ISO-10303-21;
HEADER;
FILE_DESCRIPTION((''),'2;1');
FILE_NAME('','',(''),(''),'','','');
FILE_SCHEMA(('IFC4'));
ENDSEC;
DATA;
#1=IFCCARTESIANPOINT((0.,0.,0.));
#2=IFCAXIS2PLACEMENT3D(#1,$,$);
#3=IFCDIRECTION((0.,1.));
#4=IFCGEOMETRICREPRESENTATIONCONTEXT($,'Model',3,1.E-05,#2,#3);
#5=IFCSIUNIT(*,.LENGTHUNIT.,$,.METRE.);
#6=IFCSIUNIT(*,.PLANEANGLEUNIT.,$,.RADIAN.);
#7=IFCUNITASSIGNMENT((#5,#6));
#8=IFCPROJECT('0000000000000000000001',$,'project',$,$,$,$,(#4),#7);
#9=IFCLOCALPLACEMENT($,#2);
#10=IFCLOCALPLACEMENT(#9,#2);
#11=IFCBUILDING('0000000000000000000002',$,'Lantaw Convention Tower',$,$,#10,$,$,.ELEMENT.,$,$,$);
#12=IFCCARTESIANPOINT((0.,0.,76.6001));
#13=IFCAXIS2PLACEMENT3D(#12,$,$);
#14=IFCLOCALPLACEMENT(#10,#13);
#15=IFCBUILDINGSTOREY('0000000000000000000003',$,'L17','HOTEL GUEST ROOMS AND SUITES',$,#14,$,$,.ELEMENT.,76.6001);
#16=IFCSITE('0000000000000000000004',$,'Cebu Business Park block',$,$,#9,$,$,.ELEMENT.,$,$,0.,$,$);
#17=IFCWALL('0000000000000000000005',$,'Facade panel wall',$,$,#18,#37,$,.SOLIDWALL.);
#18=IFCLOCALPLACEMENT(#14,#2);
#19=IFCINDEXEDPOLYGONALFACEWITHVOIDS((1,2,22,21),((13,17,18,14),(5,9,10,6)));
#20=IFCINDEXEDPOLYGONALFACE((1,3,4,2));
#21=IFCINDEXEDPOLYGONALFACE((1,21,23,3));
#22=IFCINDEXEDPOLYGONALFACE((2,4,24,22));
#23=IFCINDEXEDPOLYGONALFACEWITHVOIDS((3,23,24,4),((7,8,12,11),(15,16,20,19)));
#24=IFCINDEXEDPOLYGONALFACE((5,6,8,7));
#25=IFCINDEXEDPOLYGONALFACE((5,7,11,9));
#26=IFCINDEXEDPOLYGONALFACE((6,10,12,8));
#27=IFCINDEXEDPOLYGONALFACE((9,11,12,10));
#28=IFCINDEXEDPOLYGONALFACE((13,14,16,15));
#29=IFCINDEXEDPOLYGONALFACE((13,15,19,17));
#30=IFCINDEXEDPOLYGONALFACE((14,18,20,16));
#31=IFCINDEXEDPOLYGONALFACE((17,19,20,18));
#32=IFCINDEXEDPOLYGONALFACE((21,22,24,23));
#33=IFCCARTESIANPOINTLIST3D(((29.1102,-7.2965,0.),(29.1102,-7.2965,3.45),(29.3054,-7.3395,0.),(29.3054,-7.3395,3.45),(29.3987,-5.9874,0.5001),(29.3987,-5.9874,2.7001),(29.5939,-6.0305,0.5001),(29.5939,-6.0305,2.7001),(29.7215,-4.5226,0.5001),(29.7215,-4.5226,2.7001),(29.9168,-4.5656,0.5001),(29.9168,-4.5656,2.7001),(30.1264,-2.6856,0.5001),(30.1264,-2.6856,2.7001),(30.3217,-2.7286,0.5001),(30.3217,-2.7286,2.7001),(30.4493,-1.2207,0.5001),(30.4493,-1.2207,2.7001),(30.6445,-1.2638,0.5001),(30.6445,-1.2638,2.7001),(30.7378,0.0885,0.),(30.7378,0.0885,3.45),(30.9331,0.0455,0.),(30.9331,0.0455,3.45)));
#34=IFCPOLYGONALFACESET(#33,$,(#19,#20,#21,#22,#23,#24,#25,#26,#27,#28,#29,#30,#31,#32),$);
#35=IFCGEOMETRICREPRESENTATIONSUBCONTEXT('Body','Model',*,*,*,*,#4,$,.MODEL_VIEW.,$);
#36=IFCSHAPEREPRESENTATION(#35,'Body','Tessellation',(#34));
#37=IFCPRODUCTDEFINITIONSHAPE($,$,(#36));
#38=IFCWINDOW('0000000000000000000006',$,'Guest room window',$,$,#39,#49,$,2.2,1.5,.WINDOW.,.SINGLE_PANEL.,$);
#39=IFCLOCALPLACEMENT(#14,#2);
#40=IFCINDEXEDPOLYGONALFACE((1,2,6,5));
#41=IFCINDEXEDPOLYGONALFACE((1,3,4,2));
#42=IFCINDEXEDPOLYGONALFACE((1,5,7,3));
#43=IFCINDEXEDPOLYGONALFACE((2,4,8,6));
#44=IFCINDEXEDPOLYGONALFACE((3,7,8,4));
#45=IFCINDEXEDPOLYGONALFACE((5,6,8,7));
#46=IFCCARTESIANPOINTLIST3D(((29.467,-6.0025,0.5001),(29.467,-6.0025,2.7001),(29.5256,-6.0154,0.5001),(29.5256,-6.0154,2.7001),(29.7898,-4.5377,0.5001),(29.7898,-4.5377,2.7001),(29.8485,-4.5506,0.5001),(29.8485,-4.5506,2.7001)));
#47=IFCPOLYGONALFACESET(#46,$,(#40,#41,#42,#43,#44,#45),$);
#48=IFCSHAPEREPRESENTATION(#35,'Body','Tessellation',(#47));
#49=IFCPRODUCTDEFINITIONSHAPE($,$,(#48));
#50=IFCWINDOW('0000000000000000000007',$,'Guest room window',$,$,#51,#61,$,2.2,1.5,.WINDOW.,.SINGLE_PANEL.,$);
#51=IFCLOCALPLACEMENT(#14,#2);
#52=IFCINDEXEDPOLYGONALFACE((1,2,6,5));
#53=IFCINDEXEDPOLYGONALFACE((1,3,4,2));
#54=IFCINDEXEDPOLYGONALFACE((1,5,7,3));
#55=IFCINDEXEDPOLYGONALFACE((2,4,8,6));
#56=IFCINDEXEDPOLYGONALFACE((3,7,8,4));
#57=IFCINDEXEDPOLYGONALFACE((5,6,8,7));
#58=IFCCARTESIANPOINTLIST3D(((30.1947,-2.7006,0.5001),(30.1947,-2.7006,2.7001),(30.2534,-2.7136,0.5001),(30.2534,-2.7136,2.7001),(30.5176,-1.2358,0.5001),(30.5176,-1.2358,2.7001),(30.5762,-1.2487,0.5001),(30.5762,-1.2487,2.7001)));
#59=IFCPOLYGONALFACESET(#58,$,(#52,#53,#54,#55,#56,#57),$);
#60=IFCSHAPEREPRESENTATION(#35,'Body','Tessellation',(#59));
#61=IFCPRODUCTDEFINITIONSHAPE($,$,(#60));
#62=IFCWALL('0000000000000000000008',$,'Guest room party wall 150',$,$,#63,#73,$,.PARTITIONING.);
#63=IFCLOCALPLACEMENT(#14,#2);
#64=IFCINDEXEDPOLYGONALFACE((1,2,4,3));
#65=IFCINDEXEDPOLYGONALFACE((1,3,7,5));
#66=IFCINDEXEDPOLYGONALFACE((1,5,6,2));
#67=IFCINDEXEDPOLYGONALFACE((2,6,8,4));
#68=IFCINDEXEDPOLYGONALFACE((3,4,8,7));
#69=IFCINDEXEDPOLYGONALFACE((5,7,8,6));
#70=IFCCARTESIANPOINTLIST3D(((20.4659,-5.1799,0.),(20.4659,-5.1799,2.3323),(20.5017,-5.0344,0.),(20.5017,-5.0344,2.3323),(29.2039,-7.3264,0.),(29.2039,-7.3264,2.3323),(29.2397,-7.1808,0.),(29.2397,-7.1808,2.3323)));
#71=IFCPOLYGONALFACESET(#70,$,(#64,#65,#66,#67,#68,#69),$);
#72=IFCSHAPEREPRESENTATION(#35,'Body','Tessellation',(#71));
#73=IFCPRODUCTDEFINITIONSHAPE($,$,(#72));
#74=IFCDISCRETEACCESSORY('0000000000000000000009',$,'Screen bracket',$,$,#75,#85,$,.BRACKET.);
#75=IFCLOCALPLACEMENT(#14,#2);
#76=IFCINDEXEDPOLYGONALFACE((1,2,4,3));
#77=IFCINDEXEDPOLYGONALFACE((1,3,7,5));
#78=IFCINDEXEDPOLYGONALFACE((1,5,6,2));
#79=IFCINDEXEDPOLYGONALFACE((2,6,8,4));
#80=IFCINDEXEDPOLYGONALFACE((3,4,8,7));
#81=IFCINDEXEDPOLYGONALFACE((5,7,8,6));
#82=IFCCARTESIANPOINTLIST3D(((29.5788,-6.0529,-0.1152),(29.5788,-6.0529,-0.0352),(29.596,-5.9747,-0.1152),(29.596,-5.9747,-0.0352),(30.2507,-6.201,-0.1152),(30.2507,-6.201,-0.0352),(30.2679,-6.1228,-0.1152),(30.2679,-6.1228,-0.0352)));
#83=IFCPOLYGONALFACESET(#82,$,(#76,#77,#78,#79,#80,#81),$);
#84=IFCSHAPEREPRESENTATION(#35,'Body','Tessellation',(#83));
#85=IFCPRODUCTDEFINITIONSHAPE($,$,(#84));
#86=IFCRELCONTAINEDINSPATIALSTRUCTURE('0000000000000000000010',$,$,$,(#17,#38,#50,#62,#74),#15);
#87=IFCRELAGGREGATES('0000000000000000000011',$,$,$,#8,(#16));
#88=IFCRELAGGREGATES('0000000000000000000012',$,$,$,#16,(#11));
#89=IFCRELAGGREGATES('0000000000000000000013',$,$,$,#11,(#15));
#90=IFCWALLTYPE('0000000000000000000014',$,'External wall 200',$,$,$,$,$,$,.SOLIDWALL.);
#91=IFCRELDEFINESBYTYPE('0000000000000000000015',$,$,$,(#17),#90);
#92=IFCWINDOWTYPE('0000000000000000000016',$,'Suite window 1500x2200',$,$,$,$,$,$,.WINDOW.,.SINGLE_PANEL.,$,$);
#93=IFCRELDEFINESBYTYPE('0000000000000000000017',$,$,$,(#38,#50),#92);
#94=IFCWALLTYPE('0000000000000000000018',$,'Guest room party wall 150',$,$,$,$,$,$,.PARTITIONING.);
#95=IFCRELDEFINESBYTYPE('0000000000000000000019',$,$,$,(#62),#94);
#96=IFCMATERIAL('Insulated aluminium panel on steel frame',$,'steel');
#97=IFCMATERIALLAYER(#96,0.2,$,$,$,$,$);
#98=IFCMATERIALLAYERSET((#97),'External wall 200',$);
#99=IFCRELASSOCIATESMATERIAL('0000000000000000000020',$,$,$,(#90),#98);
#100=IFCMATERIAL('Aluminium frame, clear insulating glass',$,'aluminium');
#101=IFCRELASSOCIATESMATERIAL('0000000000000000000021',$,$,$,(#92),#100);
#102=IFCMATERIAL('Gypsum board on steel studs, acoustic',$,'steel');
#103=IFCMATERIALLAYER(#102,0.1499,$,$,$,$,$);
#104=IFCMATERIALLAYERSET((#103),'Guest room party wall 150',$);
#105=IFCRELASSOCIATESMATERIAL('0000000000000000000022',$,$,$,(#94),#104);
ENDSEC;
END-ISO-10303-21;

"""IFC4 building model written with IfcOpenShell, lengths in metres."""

from ifc_helpers import new_model, si_unit, direction, frame, frame_2d, origin, origin_2d, place, context, subcontext, project, spatial, rectangle, extrude, material, layer, layer_set, type_object, element, fill, save


model = new_model("IFC4")

# Units and contexts
model_context = context("Model", 3, precision=1e-05, world=origin(), true_north=direction((0.0, 1.0)))
body_context = subcontext(model_context, "Body", "Model", "MODEL_VIEW")
ifc_project = project(units=[si_unit("LENGTHUNIT", "METRE"), si_unit("PLANEANGLEUNIT", "RADIAN")], contexts=[model_context])

# Site, building, storey
site_placement = place(None, origin())
site = spatial("IfcSite", under=ifc_project, at=site_placement, Name="Cebu Business Park block", CompositionType="ELEMENT", RefElevation=0.0)
building_placement = place(site_placement, origin())
building = spatial("IfcBuilding", under=site, at=building_placement, Name="Lantaw Convention Tower", CompositionType="ELEMENT")
storey_placement = place(building_placement, frame((0.0, 0.0, 76.6001)))
storey = spatial("IfcBuildingStorey", under=building, at=storey_placement, Name="L17", Description="HOTEL GUEST ROOMS AND SUITES", CompositionType="ELEMENT", Elevation=76.6001)

# Wall, openings, windows
ifc_material_1 = material(Name="Insulated aluminium panel on steel frame", Category="steel")
ifc_layer_1 = layer(ifc_material_1, 0.2)
ifc_layer_set_1 = layer_set([ifc_layer_1], Name="External wall 200")
wall_type_1 = type_object("IfcWallType", Name="External wall 200", PredefinedType="SOLIDWALL", material=ifc_layer_set_1)
ifc_material_2 = material(Name="Aluminium frame, clear insulating glass", Category="aluminium")
window_type = type_object("IfcWindowType", Name="Suite window 1500x2200", PartitioningType="SINGLE_PANEL", PredefinedType="WINDOW", material=ifc_material_2)
wall_1_placement = place(storey_placement, frame((29.2078, -7.3181, 0.0), z_axis=(0.0, 0.0, 1.0), x_axis=(0.215238, 0.976562, 0.0)))
wall_1 = element("IfcWall", 1, at=wall_1_placement, inside=storey, type_object=wall_type_1, Name="Facade panel wall", PredefinedType="SOLIDWALL", context=body_context, shape_type="SweptSolid", body=[
    extrude(rectangle(XDim=7.5623, YDim=0.2, at=frame_2d((3.7812, 0.0))), origin(), (0.0, 0.0, 1.0), 3.45),
])
opening_1_placement = place(wall_1_placement, frame((1.3406, 0.0, 0.5)))
opening_1 = element("IfcOpeningElement", 2, at=opening_1_placement, cuts=wall_1, PredefinedType="OPENING", context=body_context, shape_type="SweptSolid", body=[
    extrude(rectangle(XDim=1.5, YDim=2.2, at=frame_2d((0.75, 1.1001))), frame((0.0, 0.1099, 0.0), z_axis=(0.0, -1.0, 0.0), x_axis=(1.0, 0.0, 0.0)), (0.0, 0.0, 1.0), 0.22),
])
opening_2_placement = place(wall_1_placement, frame((4.7217, 0.0, 0.5)))
opening_2 = element("IfcOpeningElement", 3, at=opening_2_placement, cuts=wall_1, PredefinedType="OPENING", context=body_context, shape_type="SweptSolid", body=[
    extrude(rectangle(XDim=1.5, YDim=2.2, at=frame_2d((0.75, 1.1001))), frame((0.0, 0.1099, 0.0), z_axis=(0.0, -1.0, 0.0), x_axis=(1.0, 0.0, 0.0)), (0.0, 0.0, 1.0), 0.22),
])
window_1_placement = place(opening_1_placement, origin())
window_1 = element("IfcWindow", 4, at=window_1_placement, inside=storey, type_object=window_type, Name="Guest room window", OverallHeight=2.2, OverallWidth=1.5, PartitioningType="SINGLE_PANEL", PredefinedType="WINDOW", context=body_context, shape_type="SweptSolid", body=[
    extrude(rectangle(XDim=1.5, YDim=2.2, at=frame_2d((0.75, 1.1001))), frame((0.0, 0.03, 0.0), z_axis=(0.0, -1.0, 0.0), x_axis=(1.0, 0.0, 0.0)), (0.0, 0.0, 1.0), 0.0601),
])
fill(opening_1, window_1)
window_2_placement = place(opening_2_placement, origin())
window_2 = element("IfcWindow", 5, at=window_2_placement, inside=storey, type_object=window_type, Name="Guest room window", OverallHeight=2.2, OverallWidth=1.5, PartitioningType="SINGLE_PANEL", PredefinedType="WINDOW", context=body_context, shape_type="SweptSolid", body=[
    extrude(rectangle(XDim=1.5, YDim=2.2, at=frame_2d((0.75, 1.1001))), frame((0.0, 0.03, 0.0), z_axis=(0.0, -1.0, 0.0), x_axis=(1.0, 0.0, 0.0)), (0.0, 0.0, 1.0), 0.0601),
])
fill(opening_2, window_2)

# Wall
ifc_material_3 = material(Name="Gypsum board on steel studs, acoustic", Category="steel")
ifc_layer_2 = layer(ifc_material_3, 0.1499)
ifc_layer_set_2 = layer_set([ifc_layer_2], Name="Guest room party wall 150")
wall_type_2 = type_object("IfcWallType", Name="Guest room party wall 150", PredefinedType="PARTITIONING", material=ifc_layer_set_2)
wall_2_placement = place(storey_placement, frame((29.2219, -7.2537, 0.0), z_axis=(0.0, 0.0, 1.0), x_axis=(-0.971129, 0.238556, 0.0)))
element("IfcWall", 6, at=wall_2_placement, inside=storey, type_object=wall_type_2, Name="Guest room party wall 150", PredefinedType="PARTITIONING", context=body_context, shape_type="SweptSolid", body=[
    extrude(rectangle(XDim=8.9978, YDim=0.1499, at=frame_2d((4.499, 0.0))), origin(), (0.0, 0.0, 1.0), 2.3323),
])

# Discrete accessory
discrete_accessory_placement = place(storey_placement, frame((29.9233, -6.0879, -0.1152), z_axis=(0.0, 0.0, 1.0), x_axis=(0.215246, 0.97656, 0.0)))
element("IfcDiscreteAccessory", 7, at=discrete_accessory_placement, inside=storey, Name="Screen bracket", PredefinedType="BRACKET", context=body_context, shape_type="SweptSolid", body=[
    extrude(rectangle(XDim=0.0801, YDim=0.688, at=origin_2d()), origin(), (0.0, 0.0, 1.0), 0.0801),
])

save(model, "model.ifc")
